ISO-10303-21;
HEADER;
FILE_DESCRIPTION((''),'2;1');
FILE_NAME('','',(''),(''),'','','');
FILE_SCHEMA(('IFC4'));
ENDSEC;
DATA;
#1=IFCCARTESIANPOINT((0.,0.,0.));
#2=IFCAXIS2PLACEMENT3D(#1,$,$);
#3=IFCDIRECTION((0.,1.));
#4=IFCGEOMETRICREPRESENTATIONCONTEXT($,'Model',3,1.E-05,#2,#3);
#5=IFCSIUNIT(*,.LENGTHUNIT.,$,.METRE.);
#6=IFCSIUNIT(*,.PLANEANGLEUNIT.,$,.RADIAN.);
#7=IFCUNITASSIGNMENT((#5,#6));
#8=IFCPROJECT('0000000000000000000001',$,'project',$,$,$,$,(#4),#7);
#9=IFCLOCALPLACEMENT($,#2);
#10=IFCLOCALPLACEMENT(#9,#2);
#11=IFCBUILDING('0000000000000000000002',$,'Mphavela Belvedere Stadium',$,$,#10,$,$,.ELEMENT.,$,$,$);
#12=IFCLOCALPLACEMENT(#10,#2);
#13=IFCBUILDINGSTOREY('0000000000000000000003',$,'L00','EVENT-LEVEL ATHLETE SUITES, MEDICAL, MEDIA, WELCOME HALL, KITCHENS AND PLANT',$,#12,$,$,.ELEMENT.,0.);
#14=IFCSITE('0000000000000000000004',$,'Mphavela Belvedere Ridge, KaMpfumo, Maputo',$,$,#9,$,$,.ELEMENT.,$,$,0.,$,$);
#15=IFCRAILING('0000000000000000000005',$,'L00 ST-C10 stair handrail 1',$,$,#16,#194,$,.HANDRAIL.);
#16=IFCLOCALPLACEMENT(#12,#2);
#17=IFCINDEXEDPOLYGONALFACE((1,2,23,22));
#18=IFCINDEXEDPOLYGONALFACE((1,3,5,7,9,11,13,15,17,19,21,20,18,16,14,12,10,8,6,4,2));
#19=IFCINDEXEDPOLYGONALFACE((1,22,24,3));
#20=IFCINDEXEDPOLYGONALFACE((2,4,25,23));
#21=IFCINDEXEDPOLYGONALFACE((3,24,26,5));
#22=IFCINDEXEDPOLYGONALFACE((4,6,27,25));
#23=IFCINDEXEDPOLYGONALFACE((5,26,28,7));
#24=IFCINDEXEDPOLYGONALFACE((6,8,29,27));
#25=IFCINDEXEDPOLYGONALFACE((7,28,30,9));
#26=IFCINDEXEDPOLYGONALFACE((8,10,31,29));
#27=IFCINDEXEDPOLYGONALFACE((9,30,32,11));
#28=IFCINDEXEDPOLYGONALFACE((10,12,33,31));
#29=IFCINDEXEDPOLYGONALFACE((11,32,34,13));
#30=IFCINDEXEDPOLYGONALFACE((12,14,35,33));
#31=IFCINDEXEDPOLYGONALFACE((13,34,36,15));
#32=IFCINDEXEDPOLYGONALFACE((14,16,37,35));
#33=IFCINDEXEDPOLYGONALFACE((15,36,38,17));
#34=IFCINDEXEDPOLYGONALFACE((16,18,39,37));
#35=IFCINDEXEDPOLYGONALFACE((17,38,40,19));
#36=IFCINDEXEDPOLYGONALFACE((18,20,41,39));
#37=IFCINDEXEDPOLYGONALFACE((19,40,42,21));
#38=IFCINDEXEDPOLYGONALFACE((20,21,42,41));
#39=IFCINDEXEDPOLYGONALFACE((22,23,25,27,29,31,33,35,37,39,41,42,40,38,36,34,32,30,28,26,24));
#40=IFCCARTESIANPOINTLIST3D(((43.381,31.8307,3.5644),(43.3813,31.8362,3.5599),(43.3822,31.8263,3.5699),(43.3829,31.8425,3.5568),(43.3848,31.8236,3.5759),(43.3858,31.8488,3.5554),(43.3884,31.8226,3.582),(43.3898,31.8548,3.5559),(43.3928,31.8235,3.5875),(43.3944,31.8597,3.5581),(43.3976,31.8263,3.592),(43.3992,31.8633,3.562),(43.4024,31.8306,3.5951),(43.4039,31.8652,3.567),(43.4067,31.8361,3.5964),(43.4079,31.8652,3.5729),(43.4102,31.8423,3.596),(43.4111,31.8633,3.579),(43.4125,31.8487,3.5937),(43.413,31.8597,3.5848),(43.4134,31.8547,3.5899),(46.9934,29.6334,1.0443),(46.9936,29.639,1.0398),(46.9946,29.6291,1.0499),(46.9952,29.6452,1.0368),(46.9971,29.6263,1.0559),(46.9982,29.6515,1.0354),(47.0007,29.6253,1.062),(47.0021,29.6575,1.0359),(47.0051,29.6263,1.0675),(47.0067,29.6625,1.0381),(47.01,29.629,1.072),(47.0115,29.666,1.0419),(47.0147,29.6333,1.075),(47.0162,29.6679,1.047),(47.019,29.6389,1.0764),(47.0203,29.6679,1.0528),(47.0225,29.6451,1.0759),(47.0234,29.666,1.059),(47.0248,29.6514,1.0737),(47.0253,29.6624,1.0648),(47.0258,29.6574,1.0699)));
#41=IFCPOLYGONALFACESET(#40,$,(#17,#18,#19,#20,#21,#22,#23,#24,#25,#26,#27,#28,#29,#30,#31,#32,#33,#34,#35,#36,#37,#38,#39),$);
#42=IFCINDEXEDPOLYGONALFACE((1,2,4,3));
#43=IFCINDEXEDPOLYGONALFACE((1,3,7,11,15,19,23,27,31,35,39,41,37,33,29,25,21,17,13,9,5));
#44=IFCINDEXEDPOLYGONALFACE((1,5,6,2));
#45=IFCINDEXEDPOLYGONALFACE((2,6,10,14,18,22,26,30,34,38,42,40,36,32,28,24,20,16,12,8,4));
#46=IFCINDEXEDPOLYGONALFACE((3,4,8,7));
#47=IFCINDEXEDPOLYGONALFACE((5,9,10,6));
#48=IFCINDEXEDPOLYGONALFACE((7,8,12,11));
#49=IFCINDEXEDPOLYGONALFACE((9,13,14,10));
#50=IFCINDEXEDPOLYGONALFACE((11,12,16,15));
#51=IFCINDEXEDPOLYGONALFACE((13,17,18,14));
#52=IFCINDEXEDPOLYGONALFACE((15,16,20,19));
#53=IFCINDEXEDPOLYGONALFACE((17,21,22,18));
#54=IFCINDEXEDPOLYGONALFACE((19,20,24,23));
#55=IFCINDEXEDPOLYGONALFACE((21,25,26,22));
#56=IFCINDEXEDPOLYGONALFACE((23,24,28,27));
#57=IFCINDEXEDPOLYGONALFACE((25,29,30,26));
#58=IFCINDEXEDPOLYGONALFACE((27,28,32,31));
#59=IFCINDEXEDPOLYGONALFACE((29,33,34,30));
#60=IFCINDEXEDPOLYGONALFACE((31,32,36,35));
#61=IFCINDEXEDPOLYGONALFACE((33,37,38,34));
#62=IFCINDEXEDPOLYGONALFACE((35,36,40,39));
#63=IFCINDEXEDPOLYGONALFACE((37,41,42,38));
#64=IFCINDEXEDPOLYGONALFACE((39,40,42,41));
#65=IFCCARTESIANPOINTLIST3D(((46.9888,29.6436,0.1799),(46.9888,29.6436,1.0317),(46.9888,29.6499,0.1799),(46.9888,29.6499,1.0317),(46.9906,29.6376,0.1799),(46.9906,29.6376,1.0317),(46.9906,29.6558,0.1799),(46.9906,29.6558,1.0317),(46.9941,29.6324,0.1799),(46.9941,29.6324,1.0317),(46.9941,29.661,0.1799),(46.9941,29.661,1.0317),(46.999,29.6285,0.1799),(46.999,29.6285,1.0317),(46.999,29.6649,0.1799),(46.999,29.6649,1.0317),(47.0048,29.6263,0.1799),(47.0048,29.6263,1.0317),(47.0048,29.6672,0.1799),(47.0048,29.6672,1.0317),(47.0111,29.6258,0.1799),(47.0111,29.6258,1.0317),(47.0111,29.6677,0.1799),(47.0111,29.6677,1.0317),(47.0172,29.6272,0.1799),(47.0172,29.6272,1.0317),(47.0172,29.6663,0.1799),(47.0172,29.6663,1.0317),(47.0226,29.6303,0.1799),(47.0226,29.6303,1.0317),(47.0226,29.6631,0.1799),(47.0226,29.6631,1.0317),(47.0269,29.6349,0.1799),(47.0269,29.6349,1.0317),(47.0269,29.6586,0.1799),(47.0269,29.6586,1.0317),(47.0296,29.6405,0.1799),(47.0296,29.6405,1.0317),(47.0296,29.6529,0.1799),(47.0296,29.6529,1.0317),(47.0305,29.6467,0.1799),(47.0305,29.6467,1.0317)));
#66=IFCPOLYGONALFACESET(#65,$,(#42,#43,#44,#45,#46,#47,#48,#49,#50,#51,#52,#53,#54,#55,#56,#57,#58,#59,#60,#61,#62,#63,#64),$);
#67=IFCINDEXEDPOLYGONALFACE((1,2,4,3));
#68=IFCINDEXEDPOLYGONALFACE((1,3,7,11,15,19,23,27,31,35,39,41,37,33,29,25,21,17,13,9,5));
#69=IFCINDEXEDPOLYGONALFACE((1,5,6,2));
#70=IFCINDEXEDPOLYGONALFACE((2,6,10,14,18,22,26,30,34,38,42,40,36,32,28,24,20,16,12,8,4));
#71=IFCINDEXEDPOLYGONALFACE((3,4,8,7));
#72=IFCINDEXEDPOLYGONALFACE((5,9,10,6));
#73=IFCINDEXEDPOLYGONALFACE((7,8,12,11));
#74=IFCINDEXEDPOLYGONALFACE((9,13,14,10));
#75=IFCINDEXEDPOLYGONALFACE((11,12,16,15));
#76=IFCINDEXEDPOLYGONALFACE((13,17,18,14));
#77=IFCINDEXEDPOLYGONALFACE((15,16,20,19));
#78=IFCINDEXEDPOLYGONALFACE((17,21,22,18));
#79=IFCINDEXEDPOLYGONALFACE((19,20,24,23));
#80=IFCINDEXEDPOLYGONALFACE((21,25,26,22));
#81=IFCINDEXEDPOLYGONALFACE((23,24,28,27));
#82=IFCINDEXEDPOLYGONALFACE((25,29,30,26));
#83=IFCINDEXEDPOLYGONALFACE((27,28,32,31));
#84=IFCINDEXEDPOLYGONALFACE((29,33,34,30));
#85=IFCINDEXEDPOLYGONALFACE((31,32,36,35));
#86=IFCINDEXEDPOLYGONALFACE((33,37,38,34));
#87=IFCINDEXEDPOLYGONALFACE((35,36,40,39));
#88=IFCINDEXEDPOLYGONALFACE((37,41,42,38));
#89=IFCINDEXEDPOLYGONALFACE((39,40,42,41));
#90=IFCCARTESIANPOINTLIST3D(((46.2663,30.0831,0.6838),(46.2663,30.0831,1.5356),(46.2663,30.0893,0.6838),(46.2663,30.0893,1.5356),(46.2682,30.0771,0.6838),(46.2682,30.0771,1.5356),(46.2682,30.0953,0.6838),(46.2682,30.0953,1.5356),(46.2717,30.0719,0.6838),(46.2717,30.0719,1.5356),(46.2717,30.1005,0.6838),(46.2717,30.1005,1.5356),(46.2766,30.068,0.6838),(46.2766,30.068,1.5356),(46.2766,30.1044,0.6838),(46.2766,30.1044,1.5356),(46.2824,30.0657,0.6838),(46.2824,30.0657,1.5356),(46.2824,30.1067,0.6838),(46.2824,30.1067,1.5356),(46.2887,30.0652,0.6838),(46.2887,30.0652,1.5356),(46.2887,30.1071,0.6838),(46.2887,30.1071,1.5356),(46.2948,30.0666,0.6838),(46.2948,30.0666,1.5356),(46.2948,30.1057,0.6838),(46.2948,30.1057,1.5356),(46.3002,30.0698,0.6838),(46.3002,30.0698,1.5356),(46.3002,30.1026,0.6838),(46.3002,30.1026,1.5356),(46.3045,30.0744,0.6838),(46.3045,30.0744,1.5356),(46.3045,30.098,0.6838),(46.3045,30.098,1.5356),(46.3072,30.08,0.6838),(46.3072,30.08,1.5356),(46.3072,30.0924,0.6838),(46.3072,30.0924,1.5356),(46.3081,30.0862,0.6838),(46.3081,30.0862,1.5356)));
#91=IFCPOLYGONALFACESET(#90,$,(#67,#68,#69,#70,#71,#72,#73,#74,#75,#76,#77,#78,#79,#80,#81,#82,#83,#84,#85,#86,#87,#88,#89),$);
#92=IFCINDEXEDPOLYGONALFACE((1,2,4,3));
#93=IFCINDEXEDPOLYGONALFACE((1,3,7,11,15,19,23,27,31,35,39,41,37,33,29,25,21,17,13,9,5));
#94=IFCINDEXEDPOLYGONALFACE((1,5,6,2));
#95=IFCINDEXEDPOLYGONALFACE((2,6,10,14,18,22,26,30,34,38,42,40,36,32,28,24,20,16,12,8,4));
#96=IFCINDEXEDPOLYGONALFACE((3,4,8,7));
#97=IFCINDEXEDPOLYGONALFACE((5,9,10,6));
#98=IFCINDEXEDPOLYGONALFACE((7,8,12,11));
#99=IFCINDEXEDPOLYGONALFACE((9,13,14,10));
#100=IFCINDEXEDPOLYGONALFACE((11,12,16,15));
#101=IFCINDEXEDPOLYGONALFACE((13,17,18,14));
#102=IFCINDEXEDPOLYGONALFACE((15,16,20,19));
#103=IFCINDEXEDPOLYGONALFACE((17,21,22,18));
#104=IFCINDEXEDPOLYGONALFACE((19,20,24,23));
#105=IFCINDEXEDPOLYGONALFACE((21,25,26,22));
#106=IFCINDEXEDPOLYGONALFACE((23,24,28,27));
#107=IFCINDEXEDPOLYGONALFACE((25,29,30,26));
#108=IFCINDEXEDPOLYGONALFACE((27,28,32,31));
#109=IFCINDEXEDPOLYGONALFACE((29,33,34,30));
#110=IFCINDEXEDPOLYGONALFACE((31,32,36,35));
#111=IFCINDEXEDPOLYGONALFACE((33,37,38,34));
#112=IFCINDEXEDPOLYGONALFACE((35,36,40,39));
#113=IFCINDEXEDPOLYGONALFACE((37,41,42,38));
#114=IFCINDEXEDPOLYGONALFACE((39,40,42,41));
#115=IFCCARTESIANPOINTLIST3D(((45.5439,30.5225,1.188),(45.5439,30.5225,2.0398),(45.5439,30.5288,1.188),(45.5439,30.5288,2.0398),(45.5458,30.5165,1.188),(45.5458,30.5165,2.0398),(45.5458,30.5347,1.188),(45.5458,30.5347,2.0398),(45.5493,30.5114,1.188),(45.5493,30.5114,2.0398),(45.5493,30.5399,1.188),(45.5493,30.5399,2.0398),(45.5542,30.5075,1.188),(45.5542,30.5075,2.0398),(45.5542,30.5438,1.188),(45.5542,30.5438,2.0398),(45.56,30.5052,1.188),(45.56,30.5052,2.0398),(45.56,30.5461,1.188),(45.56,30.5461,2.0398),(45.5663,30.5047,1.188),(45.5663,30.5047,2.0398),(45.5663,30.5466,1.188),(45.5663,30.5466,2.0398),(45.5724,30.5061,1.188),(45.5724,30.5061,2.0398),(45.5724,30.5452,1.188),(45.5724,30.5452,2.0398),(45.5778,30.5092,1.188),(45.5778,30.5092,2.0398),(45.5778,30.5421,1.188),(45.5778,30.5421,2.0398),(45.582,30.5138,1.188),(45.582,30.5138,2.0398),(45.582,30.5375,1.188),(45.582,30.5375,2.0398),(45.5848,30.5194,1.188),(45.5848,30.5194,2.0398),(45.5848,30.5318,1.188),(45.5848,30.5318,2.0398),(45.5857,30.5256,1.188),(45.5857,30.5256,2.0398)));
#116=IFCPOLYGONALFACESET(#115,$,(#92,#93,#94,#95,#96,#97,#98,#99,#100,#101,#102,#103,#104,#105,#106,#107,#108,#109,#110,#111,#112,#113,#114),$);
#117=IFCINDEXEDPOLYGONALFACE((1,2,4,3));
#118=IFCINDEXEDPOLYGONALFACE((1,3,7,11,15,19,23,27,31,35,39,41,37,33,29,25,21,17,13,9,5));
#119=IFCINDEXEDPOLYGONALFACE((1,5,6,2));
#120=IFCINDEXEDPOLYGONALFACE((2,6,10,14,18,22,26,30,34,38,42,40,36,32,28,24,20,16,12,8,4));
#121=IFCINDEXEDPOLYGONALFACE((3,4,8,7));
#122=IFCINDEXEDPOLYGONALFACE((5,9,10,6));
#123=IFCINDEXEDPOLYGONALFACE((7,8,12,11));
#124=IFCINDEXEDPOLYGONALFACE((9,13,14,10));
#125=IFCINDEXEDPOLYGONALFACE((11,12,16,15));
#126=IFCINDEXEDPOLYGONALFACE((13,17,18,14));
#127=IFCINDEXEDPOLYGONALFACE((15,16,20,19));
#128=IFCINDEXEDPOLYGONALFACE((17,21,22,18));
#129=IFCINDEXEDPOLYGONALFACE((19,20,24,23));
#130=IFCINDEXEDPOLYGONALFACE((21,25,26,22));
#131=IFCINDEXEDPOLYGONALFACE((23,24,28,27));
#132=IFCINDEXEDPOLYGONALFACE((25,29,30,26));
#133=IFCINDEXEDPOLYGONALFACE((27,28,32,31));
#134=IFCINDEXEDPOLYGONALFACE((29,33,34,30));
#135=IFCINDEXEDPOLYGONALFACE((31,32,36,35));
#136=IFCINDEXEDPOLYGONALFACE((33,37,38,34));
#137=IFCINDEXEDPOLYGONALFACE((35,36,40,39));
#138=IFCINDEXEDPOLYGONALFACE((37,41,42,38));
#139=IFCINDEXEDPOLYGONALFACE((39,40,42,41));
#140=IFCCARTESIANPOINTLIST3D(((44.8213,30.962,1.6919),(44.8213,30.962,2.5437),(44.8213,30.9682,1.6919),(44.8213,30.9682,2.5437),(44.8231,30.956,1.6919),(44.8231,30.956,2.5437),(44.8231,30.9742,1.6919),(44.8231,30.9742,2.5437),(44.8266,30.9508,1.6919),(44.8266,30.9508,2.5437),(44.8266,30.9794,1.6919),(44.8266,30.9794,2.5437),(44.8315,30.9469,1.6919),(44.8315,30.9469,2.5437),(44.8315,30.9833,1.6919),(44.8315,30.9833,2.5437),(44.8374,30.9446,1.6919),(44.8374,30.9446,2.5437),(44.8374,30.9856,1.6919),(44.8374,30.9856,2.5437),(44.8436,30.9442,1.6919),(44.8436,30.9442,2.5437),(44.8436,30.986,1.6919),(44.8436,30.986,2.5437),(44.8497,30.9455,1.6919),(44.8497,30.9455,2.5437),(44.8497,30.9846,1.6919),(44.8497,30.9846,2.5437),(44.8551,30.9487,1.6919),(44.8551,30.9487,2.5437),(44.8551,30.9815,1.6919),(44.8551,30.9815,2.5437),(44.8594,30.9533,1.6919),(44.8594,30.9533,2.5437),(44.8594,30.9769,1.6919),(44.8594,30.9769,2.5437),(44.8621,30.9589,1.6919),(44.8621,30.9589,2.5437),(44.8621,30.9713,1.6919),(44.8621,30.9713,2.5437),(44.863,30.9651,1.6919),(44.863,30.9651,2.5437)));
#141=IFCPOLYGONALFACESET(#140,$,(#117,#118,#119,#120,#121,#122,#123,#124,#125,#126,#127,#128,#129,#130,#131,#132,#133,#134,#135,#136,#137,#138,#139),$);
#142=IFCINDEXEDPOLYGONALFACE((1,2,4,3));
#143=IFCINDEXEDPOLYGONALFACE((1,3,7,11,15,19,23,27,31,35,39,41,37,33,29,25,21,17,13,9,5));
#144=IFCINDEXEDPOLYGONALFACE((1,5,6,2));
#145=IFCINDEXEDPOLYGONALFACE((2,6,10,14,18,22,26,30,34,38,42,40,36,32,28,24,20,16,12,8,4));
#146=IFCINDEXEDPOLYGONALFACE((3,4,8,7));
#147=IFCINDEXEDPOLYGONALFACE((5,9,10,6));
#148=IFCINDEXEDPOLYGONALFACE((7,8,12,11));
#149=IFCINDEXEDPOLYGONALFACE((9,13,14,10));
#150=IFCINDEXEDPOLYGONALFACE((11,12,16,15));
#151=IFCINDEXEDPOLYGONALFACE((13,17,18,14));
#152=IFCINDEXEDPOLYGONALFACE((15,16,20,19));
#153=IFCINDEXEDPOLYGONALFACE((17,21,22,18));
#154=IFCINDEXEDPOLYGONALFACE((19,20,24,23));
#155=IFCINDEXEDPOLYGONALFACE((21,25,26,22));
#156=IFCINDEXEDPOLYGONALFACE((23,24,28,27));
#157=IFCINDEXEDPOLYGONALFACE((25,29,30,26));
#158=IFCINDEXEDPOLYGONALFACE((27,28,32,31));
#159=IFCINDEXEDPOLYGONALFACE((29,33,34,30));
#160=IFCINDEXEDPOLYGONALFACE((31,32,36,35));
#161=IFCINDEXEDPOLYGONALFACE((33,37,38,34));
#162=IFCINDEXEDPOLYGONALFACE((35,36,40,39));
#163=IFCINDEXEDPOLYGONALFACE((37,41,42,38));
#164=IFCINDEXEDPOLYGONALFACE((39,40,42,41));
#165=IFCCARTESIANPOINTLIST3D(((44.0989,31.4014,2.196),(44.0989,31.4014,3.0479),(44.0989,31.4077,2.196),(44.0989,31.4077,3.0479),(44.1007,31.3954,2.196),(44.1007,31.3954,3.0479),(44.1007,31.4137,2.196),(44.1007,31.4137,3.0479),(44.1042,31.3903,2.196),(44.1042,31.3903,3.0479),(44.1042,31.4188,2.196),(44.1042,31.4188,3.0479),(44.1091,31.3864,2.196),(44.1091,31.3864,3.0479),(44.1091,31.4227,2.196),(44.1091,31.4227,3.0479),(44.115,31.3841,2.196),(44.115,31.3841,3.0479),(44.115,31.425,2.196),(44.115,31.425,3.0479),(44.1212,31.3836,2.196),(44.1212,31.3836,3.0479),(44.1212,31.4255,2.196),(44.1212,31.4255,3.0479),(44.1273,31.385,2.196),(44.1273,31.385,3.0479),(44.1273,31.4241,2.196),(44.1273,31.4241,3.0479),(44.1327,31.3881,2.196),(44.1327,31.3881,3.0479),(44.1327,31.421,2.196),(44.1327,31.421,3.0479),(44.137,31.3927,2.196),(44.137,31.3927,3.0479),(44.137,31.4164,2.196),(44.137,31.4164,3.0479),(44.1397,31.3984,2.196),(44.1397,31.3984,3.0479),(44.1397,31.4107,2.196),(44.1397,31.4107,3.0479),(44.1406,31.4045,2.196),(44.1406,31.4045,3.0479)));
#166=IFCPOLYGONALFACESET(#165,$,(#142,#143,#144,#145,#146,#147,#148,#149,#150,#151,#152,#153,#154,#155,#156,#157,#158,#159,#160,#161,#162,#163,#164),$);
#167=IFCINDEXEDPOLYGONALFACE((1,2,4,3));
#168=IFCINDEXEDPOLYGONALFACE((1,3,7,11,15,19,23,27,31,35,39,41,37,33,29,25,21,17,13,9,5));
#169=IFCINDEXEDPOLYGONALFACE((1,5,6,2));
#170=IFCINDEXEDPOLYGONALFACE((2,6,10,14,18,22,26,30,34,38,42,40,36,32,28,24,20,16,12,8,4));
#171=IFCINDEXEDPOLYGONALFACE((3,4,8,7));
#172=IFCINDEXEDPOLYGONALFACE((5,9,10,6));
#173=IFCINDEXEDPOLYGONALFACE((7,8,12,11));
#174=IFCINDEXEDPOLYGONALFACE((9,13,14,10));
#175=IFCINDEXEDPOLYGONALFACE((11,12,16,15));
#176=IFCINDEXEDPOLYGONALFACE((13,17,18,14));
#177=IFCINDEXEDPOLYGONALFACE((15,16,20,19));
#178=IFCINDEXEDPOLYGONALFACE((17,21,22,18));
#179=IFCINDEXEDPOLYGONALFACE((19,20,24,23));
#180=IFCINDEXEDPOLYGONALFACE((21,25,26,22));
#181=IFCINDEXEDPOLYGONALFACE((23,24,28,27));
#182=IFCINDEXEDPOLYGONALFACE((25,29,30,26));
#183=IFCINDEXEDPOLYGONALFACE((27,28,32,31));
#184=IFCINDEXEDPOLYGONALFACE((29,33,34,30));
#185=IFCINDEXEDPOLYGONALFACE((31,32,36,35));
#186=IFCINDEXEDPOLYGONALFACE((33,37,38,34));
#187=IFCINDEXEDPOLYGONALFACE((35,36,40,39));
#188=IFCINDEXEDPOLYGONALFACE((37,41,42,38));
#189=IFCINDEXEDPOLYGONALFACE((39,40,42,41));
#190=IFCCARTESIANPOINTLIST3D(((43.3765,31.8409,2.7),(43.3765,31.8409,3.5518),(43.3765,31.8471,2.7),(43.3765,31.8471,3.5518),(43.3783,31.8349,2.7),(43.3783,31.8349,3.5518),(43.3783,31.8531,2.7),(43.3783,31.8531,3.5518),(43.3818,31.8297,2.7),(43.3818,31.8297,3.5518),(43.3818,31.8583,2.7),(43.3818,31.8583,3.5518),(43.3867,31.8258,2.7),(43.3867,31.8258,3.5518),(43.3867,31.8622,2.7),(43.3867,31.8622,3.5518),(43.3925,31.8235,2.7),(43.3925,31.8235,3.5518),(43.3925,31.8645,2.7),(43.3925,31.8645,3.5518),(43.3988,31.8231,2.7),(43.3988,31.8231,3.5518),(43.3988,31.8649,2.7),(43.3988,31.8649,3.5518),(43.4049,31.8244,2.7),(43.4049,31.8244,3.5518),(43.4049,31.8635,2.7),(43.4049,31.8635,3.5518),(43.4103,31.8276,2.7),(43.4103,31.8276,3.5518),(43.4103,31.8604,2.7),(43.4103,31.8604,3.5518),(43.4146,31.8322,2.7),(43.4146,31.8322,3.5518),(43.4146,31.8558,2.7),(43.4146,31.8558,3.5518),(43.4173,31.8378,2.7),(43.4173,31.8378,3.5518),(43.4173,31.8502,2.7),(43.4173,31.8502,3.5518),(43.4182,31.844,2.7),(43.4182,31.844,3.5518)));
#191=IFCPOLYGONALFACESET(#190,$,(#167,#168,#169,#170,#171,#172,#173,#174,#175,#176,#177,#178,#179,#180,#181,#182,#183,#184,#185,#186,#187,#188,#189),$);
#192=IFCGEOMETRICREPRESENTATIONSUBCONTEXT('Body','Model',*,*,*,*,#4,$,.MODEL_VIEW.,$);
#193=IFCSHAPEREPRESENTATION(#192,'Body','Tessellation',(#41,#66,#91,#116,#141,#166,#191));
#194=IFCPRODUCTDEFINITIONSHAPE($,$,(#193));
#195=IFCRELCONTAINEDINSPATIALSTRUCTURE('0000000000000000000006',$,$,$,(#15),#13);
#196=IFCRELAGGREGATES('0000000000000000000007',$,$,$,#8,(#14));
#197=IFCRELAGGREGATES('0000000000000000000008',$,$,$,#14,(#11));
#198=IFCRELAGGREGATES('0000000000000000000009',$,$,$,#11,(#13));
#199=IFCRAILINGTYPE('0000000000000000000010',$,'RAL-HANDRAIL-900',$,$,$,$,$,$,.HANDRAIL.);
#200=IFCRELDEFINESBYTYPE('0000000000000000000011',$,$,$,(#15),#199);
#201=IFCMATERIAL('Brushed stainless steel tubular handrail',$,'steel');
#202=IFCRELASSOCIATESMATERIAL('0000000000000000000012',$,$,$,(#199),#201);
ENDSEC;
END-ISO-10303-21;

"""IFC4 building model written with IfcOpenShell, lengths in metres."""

from ifc_helpers import new_model, si_unit, direction, frame, origin, origin_2d, place, context, subcontext, project, spatial, circle, extrude, material, type_object, element, save


model = new_model("IFC4")

# Units and contexts
model_context = context("Model", 3, precision=1e-05, world=origin(), true_north=direction((0.0, 1.0)))
body_context = subcontext(model_context, "Body", "Model", "MODEL_VIEW")
ifc_project = project(units=[si_unit("LENGTHUNIT", "METRE"), si_unit("PLANEANGLEUNIT", "RADIAN")], contexts=[model_context])

# Site, building, storey
site_placement = place(None, origin())
site = spatial("IfcSite", under=ifc_project, at=site_placement, Name="Mphavela Belvedere Ridge, KaMpfumo, Maputo", CompositionType="ELEMENT", RefElevation=0.0)
building_placement = place(site_placement, origin())
building = spatial("IfcBuilding", under=site, at=building_placement, Name="Mphavela Belvedere Stadium", CompositionType="ELEMENT")
storey_placement = place(building_placement, origin())
storey = spatial("IfcBuildingStorey", under=building, at=storey_placement, Name="L00", Description="EVENT-LEVEL ATHLETE SUITES, MEDICAL, MEDIA, WELCOME HALL, KITCHENS AND PLANT", CompositionType="ELEMENT", Elevation=0.0)

# Railing
ifc_material_1 = material(Name="Brushed stainless steel tubular handrail", Category="steel")
railing_type_1 = type_object("IfcRailingType", Name="RAL-HANDRAIL-900", PredefinedType="HANDRAIL", material=ifc_material_1)
railing_1_placement = place(storey_placement, frame((47.0095, 29.6467, 0.1799)))
element("IfcRailing", 1, at=railing_1_placement, inside=storey, type_object=railing_type_1, Name="L00 ST-C10 stair handrail 1", PredefinedType="HANDRAIL", context=body_context, shape_type="SweptSolid", body=[
    extrude(circle(Radius=0.0239, at=origin_2d()), frame((0.0, 0.0, 0.876), z_axis=(-0.733893, 0.446407, 0.511979), x_axis=(-0.519683, -0.854359, 0.0)), (0.0, 0.0, 1.0), 4.9221),
    extrude(circle(Radius=0.021, at=origin_2d()), origin(), (0.0, 0.0, 1.0), 0.8518),
    extrude(circle(Radius=0.021, at=origin_2d()), frame((-0.7224, 0.4395, 0.5039)), (0.0, 0.0, 1.0), 0.8518),
    extrude(circle(Radius=0.021, at=origin_2d()), frame((-1.4448, 0.8789, 1.0081)), (0.0, 0.0, 1.0), 0.8518),
    extrude(circle(Radius=0.021, at=origin_2d()), frame((-2.1675, 1.3184, 1.512)), (0.0, 0.0, 1.0), 0.8518),
    extrude(circle(Radius=0.021, at=origin_2d()), frame((-2.8899, 1.7578, 2.0161)), (0.0, 0.0, 1.0), 0.8518),
    extrude(circle(Radius=0.021, at=origin_2d()), frame((-3.6123, 2.1973, 2.52)), (0.0, 0.0, 1.0), 0.8518),
])

save(model, "model.ifc")
